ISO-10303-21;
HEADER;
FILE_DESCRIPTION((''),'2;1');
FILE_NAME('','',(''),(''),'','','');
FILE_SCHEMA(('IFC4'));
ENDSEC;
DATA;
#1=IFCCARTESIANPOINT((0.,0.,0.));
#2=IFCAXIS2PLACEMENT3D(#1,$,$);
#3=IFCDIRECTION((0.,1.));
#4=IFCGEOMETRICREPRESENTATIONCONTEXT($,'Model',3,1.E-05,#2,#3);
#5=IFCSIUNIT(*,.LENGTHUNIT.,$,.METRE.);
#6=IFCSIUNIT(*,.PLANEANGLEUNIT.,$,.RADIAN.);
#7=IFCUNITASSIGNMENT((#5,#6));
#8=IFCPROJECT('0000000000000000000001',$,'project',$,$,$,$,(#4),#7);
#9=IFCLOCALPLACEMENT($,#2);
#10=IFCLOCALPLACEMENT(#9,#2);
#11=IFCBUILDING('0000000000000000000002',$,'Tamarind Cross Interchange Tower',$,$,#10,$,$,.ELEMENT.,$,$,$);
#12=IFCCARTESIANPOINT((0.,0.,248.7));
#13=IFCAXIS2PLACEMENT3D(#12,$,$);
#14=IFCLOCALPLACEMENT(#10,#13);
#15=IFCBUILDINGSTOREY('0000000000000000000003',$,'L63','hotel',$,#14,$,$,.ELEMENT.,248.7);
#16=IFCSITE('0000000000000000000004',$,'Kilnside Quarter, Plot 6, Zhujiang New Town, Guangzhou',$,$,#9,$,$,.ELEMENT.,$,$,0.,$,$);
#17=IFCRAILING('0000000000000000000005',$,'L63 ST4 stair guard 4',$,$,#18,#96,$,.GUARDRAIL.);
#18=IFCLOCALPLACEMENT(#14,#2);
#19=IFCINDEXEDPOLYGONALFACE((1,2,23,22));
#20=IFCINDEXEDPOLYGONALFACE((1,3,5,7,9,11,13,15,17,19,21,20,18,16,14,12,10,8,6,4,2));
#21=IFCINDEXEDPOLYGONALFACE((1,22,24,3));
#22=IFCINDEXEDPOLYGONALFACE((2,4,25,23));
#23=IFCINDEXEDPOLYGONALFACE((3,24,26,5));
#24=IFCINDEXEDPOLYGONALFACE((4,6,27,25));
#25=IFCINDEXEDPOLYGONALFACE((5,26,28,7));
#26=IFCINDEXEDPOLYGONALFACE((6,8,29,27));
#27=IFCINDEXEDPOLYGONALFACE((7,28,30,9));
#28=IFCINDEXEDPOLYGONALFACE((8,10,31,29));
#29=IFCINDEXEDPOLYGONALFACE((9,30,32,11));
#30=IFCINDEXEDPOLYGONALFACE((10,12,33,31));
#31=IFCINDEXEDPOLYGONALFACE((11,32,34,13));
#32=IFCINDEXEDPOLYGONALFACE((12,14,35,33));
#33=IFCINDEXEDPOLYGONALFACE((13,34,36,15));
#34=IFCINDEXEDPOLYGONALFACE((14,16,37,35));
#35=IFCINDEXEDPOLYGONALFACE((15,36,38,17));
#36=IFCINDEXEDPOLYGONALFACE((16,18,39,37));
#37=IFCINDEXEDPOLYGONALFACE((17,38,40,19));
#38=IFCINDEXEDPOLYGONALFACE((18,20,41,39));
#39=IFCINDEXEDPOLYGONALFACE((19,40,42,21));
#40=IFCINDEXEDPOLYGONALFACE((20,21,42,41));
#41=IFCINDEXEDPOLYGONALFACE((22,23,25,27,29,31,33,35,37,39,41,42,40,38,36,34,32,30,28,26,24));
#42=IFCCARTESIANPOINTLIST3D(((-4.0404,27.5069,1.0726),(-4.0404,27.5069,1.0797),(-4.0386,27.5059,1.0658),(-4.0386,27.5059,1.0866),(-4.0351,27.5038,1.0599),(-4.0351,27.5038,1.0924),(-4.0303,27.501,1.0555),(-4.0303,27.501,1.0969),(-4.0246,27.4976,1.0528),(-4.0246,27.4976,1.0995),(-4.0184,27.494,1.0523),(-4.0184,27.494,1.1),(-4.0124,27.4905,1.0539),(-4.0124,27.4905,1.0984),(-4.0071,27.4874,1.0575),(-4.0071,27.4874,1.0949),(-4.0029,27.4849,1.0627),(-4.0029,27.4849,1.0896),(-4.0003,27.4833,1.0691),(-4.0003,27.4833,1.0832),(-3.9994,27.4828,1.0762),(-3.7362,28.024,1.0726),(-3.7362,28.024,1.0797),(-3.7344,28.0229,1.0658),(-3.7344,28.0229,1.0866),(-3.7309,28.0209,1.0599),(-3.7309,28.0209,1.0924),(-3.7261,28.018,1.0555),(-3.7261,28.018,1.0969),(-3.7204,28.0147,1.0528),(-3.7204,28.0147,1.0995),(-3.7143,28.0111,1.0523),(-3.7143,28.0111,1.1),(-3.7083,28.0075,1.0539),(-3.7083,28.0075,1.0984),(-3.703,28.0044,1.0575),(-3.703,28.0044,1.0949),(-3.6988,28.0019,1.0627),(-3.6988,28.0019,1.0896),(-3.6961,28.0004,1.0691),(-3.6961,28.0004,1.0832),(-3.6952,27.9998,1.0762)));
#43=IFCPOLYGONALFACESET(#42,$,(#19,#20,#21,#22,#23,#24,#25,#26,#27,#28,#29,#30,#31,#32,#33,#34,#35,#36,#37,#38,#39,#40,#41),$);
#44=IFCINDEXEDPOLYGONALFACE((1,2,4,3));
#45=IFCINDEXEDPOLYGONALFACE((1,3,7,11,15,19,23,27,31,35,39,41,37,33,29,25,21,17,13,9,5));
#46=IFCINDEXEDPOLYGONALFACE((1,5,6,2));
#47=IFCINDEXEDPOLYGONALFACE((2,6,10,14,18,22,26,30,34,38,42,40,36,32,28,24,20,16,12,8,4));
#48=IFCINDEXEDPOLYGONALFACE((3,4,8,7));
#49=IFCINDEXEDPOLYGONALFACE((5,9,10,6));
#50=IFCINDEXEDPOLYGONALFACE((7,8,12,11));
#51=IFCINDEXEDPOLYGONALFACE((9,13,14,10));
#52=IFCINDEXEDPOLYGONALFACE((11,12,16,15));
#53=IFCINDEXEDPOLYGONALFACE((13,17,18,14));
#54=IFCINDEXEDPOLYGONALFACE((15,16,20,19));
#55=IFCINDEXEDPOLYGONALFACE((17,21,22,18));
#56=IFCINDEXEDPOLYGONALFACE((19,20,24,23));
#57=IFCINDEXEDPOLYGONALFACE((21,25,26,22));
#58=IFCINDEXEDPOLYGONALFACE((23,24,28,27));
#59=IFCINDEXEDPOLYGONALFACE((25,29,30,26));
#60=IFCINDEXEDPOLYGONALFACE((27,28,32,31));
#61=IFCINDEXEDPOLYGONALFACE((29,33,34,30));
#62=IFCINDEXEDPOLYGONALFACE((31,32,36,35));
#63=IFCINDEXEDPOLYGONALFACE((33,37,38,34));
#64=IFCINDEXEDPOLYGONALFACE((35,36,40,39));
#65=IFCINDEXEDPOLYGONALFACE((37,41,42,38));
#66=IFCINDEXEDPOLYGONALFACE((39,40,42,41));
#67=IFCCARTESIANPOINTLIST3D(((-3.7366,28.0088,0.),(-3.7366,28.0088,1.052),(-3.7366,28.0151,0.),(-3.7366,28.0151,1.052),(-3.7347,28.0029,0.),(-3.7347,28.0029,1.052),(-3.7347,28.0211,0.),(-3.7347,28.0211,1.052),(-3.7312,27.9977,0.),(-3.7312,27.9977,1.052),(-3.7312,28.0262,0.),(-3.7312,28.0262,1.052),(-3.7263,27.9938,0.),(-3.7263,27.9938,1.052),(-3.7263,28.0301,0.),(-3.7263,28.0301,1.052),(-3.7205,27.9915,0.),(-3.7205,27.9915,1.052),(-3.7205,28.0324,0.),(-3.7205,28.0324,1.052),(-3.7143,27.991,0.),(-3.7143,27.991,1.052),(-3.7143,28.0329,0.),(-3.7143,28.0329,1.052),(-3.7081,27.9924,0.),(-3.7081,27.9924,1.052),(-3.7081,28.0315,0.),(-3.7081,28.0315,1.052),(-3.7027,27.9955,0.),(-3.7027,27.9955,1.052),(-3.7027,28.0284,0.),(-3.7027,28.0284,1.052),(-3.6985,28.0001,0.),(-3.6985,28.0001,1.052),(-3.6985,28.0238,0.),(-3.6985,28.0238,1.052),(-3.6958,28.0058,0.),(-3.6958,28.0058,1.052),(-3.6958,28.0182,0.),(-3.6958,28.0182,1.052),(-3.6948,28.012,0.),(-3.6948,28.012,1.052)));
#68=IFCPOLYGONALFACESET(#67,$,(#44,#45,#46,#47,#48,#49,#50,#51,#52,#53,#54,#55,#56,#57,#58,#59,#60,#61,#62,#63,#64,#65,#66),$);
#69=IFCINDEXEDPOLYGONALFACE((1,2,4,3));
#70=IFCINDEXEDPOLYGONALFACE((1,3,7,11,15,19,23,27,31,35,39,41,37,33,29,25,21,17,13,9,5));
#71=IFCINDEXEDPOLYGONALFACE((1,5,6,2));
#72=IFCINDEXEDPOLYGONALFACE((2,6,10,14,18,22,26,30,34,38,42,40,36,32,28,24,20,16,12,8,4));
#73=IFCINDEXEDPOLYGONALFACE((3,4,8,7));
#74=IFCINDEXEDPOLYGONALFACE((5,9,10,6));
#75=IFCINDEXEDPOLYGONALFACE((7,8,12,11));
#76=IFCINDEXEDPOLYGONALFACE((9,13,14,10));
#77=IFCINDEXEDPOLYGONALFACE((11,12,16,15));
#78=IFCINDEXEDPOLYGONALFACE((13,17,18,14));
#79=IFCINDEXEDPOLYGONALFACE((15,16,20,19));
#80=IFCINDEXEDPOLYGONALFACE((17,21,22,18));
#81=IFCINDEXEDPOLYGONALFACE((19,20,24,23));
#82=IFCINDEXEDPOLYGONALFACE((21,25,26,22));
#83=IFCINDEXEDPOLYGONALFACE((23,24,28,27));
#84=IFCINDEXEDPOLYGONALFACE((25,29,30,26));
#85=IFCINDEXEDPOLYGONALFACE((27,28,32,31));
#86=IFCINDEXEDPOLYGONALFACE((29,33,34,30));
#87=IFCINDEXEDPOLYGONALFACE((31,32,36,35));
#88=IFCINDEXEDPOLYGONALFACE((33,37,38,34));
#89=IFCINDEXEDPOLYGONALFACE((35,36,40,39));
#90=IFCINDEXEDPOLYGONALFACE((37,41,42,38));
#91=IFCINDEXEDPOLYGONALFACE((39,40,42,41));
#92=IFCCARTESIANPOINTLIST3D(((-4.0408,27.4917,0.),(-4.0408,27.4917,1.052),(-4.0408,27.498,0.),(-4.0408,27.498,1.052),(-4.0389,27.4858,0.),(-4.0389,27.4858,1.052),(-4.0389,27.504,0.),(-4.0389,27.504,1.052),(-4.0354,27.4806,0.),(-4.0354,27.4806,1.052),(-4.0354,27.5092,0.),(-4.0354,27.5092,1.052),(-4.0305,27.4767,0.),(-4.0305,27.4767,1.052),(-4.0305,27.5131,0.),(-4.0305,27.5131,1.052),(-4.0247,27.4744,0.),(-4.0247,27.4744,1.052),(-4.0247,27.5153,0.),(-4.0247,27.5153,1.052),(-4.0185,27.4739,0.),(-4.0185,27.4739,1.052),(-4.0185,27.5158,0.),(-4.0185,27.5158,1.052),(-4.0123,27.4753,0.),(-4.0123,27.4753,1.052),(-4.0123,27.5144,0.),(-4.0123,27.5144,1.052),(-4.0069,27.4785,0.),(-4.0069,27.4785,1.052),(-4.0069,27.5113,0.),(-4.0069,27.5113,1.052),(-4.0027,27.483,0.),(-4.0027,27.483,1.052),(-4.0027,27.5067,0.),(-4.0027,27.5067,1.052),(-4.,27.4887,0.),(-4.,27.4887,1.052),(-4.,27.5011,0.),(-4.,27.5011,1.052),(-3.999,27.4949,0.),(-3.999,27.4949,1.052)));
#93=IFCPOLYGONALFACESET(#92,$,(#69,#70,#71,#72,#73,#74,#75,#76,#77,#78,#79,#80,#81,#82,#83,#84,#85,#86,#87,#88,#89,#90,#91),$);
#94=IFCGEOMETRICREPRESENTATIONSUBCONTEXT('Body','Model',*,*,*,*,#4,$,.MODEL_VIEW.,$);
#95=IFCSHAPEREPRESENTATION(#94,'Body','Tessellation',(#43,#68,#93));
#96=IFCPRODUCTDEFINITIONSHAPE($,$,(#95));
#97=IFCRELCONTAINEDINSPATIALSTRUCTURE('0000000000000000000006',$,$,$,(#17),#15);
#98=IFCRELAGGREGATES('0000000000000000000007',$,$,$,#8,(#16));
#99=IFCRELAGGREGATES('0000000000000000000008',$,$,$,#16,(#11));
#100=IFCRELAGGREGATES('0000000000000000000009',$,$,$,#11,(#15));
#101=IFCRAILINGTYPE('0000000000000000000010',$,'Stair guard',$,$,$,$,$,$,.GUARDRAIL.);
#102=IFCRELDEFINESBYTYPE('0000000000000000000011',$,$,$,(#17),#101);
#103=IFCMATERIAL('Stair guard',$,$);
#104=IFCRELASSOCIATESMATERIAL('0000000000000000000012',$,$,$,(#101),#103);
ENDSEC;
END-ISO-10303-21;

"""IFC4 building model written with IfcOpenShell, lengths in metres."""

from ifc_helpers import new_model, si_unit, direction, frame, origin, origin_2d, place, context, subcontext, project, spatial, circle, extrude, material, type_object, element, save


model = new_model("IFC4")

# Units and contexts
model_context = context("Model", 3, precision=1e-05, world=origin(), true_north=direction((0.0, 1.0)))
body_context = subcontext(model_context, "Body", "Model", "MODEL_VIEW")
ifc_project = project(units=[si_unit("LENGTHUNIT", "METRE"), si_unit("PLANEANGLEUNIT", "RADIAN")], contexts=[model_context])

# Site, building, storey
site_placement = place(None, origin())
site = spatial("IfcSite", under=ifc_project, at=site_placement, Name="Kilnside Quarter, Plot 6, Zhujiang New Town, Guangzhou", CompositionType="ELEMENT", RefElevation=0.0)
building_placement = place(site_placement, origin())
building = spatial("IfcBuilding", under=site, at=building_placement, Name="Tamarind Cross Interchange Tower", CompositionType="ELEMENT")
storey_placement = place(building_placement, frame((0.0, 0.0, 248.7)))
storey = spatial("IfcBuildingStorey", under=building, at=storey_placement, Name="L63", Description="hotel", CompositionType="ELEMENT", Elevation=248.7)

# Railing
ifc_material_1 = material(Name="Stair guard")
railing_type_1 = type_object("IfcRailingType", Name="Stair guard", PredefinedType="GUARDRAIL", material=ifc_material_1)
railing_1_placement = place(storey_placement, frame((-3.7158, 28.012, 0.0)))
element("IfcRailing", 1, at=railing_1_placement, inside=storey, type_object=railing_type_1, Name="L63 ST4 stair guard 4", PredefinedType="GUARDRAIL", context=body_context, shape_type="SweptSolid", body=[
    extrude(circle(Radius=0.0239, at=origin_2d()), frame((0.0, 0.0, 1.0762), z_axis=(-0.507056, -0.861913, 0.0), x_axis=(0.861913, -0.507056, 0.0)), (0.0, 0.0, 1.0), 0.5999),
    extrude(circle(Radius=0.021, at=origin_2d()), origin(), (0.0, 0.0, 1.0), 1.052),
    extrude(circle(Radius=0.021, at=origin_2d()), frame((-0.3042, -0.5171, 0.0)), (0.0, 0.0, 1.0), 1.052),
])

save(model, "model.ifc")
